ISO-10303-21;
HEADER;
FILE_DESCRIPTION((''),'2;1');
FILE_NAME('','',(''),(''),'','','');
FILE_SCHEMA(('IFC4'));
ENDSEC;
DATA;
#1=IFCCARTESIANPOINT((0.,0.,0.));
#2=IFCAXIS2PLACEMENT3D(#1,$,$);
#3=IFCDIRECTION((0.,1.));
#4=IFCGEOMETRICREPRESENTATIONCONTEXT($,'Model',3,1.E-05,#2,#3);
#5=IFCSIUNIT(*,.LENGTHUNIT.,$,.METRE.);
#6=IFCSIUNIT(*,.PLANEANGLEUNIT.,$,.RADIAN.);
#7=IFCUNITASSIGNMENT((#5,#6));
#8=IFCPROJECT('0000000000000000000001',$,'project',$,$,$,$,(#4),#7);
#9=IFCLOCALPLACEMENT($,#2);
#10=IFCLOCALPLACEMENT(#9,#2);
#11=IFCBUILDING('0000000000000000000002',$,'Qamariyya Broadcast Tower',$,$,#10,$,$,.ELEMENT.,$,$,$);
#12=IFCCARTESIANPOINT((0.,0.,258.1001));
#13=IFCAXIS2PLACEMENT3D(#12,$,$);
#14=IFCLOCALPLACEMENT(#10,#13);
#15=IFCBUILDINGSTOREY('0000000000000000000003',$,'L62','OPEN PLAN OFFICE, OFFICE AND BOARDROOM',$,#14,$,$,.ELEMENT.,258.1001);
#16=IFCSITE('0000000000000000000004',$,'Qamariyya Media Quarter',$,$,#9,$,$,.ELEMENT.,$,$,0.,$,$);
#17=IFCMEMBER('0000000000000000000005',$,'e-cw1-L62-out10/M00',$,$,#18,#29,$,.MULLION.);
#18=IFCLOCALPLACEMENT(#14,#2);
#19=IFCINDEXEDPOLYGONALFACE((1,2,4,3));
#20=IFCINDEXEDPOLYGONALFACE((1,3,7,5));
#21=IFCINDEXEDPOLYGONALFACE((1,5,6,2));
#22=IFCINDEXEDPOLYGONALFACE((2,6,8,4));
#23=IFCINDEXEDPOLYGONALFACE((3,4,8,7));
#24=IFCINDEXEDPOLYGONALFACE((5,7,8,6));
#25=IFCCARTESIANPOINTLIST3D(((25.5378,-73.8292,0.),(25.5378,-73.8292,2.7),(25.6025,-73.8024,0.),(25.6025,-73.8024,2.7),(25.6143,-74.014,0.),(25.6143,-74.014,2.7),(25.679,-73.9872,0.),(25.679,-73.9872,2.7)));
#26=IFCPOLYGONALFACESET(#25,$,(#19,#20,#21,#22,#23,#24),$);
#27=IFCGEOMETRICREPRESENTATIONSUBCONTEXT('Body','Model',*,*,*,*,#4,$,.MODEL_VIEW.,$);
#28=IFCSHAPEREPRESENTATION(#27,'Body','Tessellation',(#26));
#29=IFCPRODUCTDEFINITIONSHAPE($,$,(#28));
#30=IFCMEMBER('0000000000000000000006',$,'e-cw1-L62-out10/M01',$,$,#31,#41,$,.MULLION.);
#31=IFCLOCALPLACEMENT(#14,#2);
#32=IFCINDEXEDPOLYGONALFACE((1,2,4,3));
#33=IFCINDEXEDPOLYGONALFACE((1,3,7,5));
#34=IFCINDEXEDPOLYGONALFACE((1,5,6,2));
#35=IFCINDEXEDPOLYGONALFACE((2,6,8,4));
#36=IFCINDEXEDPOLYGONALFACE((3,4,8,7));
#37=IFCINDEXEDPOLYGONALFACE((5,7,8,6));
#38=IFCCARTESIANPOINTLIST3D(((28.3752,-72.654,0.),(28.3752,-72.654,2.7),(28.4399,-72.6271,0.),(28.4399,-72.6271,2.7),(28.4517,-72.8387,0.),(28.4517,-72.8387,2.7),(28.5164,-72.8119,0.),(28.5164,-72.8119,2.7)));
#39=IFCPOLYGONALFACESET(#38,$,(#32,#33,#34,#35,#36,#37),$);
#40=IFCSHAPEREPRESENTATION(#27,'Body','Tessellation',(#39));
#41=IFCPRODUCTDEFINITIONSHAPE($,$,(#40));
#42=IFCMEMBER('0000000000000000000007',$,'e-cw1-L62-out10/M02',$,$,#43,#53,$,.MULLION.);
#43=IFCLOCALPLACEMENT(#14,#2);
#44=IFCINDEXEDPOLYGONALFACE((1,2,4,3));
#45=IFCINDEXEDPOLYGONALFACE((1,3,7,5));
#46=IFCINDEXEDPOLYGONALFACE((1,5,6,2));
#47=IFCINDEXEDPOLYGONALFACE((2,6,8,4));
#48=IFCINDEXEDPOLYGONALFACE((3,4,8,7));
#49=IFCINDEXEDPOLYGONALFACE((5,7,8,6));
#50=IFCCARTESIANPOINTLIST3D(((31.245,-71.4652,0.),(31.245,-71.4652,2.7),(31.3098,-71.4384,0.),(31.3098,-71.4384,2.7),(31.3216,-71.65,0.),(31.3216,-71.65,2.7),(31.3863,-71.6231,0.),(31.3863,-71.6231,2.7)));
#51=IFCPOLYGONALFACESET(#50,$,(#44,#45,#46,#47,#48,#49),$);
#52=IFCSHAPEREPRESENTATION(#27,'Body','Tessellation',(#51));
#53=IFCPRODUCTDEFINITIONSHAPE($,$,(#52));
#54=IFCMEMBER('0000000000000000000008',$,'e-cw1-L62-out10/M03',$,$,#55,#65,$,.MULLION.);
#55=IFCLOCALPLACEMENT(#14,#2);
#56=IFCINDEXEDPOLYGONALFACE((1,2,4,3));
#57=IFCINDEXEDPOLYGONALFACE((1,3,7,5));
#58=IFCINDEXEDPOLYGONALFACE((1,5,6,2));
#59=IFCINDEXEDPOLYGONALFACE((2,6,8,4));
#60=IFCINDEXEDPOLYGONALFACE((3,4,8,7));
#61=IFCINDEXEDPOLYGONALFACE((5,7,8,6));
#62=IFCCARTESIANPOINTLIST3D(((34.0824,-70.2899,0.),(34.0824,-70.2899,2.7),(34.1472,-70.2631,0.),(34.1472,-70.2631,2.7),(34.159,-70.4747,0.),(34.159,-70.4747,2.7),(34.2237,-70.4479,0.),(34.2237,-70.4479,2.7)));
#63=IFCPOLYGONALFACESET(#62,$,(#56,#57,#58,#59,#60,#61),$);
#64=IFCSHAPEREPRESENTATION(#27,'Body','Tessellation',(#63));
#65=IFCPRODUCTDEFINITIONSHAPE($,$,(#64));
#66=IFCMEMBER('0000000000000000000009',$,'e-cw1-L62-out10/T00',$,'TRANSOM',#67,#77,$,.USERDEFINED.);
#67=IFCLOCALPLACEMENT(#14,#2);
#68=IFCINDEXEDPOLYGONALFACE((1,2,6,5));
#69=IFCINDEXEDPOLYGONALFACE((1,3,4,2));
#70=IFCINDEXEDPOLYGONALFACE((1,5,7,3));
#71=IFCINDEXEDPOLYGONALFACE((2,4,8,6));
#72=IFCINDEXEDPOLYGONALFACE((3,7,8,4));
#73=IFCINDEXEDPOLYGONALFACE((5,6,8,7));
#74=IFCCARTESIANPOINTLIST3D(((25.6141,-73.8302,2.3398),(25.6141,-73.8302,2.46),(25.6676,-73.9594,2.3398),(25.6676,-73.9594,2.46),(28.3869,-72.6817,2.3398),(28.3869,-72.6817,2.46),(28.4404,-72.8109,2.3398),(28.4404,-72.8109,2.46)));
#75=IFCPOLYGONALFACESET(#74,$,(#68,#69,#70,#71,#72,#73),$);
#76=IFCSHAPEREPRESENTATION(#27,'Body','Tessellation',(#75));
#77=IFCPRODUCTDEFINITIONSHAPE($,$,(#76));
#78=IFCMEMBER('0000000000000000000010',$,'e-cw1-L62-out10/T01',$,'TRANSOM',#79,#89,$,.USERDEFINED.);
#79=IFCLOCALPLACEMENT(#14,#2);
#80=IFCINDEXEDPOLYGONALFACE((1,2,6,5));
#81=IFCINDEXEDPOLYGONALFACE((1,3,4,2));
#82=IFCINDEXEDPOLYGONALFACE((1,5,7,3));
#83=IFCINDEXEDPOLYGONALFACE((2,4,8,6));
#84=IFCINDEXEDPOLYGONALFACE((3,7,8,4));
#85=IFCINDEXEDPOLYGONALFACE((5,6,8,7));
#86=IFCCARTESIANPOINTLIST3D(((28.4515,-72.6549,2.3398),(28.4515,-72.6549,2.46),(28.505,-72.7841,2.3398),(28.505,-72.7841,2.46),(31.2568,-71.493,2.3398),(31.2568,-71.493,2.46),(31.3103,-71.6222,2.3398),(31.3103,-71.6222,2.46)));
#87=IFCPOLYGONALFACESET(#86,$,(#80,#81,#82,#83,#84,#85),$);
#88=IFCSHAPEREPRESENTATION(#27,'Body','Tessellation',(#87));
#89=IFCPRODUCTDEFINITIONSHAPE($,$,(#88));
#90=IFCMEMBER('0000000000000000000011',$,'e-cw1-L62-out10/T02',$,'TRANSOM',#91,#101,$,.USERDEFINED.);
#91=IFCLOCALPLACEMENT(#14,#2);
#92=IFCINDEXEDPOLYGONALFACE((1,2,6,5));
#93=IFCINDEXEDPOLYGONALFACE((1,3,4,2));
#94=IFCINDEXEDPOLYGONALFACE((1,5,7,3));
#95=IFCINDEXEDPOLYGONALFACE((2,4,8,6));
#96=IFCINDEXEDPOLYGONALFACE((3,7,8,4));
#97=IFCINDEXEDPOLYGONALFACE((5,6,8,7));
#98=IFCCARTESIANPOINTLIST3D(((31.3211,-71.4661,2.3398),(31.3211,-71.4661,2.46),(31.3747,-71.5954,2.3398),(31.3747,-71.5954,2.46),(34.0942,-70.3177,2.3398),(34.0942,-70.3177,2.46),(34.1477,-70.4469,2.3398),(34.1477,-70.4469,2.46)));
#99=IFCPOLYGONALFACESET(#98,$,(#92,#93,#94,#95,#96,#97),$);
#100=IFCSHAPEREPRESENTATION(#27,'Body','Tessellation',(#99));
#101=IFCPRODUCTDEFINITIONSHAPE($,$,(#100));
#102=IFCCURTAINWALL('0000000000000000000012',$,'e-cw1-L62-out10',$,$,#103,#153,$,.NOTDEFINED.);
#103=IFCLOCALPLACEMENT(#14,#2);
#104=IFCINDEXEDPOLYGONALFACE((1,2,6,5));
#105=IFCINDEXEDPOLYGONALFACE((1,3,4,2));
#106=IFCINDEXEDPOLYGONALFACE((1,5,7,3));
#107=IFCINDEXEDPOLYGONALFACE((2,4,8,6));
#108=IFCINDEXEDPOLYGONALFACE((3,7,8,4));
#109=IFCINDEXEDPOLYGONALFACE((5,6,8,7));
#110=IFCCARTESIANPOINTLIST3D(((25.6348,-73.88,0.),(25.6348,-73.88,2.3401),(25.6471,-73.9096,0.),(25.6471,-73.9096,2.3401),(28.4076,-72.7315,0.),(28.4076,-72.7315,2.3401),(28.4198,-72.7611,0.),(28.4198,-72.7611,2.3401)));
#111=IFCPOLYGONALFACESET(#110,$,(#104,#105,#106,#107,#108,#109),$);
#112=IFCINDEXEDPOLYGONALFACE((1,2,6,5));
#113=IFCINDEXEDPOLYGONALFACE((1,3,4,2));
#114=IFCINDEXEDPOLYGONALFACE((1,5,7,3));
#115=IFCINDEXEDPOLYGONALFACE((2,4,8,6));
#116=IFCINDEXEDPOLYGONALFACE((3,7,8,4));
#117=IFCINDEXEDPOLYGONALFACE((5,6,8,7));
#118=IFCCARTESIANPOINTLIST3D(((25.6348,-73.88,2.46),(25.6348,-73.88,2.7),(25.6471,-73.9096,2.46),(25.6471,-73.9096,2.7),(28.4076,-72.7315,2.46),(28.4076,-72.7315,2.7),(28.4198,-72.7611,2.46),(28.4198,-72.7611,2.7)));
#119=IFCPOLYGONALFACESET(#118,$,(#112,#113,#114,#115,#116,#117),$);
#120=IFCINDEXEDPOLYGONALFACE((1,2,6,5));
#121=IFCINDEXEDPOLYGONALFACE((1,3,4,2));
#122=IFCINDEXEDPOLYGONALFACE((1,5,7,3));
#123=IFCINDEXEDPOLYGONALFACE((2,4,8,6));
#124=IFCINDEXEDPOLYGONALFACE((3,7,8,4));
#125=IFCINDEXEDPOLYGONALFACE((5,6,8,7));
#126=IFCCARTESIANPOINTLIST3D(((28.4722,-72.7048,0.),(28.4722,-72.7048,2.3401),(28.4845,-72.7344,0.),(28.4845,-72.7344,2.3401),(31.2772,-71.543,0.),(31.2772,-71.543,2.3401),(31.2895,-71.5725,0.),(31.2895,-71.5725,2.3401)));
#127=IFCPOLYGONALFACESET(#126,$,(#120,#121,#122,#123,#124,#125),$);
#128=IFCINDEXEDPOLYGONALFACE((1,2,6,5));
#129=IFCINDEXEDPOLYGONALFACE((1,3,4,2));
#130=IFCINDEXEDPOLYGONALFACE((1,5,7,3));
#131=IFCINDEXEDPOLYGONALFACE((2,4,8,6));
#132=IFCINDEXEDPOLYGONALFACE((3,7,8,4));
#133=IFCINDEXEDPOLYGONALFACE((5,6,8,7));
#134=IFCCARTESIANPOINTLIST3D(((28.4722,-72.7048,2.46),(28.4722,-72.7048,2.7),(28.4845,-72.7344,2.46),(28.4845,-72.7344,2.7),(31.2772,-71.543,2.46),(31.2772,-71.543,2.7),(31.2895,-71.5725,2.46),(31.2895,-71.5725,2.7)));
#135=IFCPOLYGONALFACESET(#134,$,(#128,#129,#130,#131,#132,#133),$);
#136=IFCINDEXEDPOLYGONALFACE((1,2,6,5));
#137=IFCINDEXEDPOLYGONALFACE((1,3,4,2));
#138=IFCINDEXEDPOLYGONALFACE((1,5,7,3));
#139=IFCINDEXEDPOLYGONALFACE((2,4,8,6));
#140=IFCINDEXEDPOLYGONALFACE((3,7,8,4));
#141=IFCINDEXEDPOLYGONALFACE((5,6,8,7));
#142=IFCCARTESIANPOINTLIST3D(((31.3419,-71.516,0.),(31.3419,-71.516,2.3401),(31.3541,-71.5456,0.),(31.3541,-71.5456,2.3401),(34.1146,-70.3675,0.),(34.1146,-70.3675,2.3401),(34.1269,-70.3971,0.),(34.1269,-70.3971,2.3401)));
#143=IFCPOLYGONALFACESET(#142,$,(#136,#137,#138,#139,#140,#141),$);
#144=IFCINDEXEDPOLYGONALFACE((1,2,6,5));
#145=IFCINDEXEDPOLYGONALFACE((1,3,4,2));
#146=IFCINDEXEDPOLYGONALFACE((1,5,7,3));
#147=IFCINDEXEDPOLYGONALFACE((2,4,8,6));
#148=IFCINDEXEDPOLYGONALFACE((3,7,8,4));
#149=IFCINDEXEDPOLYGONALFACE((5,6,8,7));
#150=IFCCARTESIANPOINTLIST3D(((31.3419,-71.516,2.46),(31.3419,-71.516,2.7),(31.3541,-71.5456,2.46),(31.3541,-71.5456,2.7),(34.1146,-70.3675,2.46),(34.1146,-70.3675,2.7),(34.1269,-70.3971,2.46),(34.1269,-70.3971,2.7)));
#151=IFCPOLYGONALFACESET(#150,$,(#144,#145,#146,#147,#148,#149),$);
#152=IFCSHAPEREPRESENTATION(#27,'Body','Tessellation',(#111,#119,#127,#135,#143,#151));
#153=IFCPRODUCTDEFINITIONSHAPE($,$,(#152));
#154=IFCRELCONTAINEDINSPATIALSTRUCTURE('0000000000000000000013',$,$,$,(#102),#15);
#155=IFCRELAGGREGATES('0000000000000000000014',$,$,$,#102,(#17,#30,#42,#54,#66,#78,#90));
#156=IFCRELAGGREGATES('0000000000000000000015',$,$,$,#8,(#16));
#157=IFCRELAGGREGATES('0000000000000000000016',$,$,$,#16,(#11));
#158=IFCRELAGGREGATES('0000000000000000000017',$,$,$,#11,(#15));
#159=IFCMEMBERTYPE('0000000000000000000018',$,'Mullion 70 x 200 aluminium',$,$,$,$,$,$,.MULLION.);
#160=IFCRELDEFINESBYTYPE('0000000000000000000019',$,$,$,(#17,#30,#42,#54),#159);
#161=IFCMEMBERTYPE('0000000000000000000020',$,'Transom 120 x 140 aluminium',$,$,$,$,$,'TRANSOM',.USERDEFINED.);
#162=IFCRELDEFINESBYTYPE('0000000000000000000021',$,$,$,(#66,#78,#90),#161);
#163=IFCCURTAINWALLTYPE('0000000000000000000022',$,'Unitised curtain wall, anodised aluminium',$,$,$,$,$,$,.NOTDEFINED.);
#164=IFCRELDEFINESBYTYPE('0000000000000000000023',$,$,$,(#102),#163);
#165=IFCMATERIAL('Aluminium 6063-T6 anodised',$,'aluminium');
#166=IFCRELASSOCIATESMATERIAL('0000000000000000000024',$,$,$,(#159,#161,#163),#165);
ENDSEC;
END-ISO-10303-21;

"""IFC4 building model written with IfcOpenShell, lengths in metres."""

from ifc_helpers import new_model, si_unit, direction, frame, origin, origin_2d, place, context, subcontext, project, spatial, rectangle, extrude, material, material_profile, profile_set, type_object, element, aggregate, save


model = new_model("IFC4")

# Units and contexts
model_context = context("Model", 3, precision=1e-05, world=origin(), true_north=direction((0.0, 1.0)))
body_context = subcontext(model_context, "Body", "Model", "MODEL_VIEW")
ifc_project = project(units=[si_unit("LENGTHUNIT", "METRE"), si_unit("PLANEANGLEUNIT", "RADIAN")], contexts=[model_context])

# Members
ifc_material = material(Name="Aluminium 6063-T6 anodised", Category="aluminium")
ifc_material_profile_1 = material_profile(ifc_material, rectangle(XDim=0.2, YDim=0.0701, at=origin_2d()))
ifc_profile_set_1 = profile_set([ifc_material_profile_1], Name="Aluminium 6063-T6 anodised")
member_type_1 = type_object("IfcMemberType", Name="Mullion 70 x 200 aluminium", PredefinedType="MULLION", material=ifc_profile_set_1)
site_placement = place(None, origin())
building_placement = place(site_placement, origin())
storey_placement = place(building_placement, frame((0.0, 0.0, 258.1001)))
member_1_placement = place(storey_placement, frame((25.6084, -73.9082, 0.0), z_axis=(0.0, 0.0, 1.0), x_axis=(-0.382683, 0.92388, 0.0)))
member_1 = element("IfcMember", 1, at=member_1_placement, type_object=member_type_1, Name="e-cw1-L62-out10/M00", PredefinedType="MULLION", context=body_context, shape_type="SweptSolid", body=[
    extrude(rectangle(XDim=0.2, YDim=0.0701, at=origin_2d()), origin(), (0.0, 0.0, 1.0), 2.7),
])
member_2_placement = place(storey_placement, frame((28.4458, -72.7329, 0.0), z_axis=(0.0, 0.0, 1.0), x_axis=(-0.382683, 0.92388, 0.0)))
member_2 = element("IfcMember", 2, at=member_2_placement, type_object=member_type_1, Name="e-cw1-L62-out10/M01", PredefinedType="MULLION", context=body_context, shape_type="SweptSolid", body=[
    extrude(rectangle(XDim=0.2, YDim=0.0701, at=origin_2d()), origin(), (0.0, 0.0, 1.0), 2.7),
])
member_3_placement = place(storey_placement, frame((31.3157, -71.5442, 0.0), z_axis=(0.0, 0.0, 1.0), x_axis=(-0.382683, 0.92388, 0.0)))
member_3 = element("IfcMember", 3, at=member_3_placement, type_object=member_type_1, Name="e-cw1-L62-out10/M02", PredefinedType="MULLION", context=body_context, shape_type="SweptSolid", body=[
    extrude(rectangle(XDim=0.2, YDim=0.0701, at=origin_2d()), origin(), (0.0, 0.0, 1.0), 2.7),
])
member_4_placement = place(storey_placement, frame((34.1531, -70.3689, 0.0), z_axis=(0.0, 0.0, 1.0), x_axis=(-0.382683, 0.92388, 0.0)))
member_4 = element("IfcMember", 4, at=member_4_placement, type_object=member_type_1, Name="e-cw1-L62-out10/M03", PredefinedType="MULLION", context=body_context, shape_type="SweptSolid", body=[
    extrude(rectangle(XDim=0.2, YDim=0.0701, at=origin_2d()), origin(), (0.0, 0.0, 1.0), 2.7),
])
ifc_material_profile_2 = material_profile(ifc_material, rectangle(XDim=0.1399, YDim=0.1201, at=origin_2d()))
ifc_profile_set_2 = profile_set([ifc_material_profile_2], Name="Aluminium 6063-T6 anodised")
member_type_2 = type_object("IfcMemberType", Name="Transom 120 x 140 aluminium", ElementType="TRANSOM", PredefinedType="USERDEFINED", material=ifc_profile_set_2)
member_5_placement = place(storey_placement, frame((25.6409, -73.8948, 2.3999), z_axis=(0.923886, 0.382668, 0.0), x_axis=(-0.382668, 0.923886, 0.0)))
member_5 = element("IfcMember", 5, at=member_5_placement, type_object=member_type_2, Name="e-cw1-L62-out10/T00", ObjectType="TRANSOM", PredefinedType="USERDEFINED", context=body_context, shape_type="SweptSolid", body=[
    extrude(rectangle(XDim=0.1399, YDim=0.1201, at=origin_2d()), origin(), (0.0, 0.0, 1.0), 3.0012),
])
member_6_placement = place(storey_placement, frame((28.4783, -72.7195, 2.3999), z_axis=(0.923888, 0.382662, 0.0), x_axis=(-0.382662, 0.923888, 0.0)))
member_6 = element("IfcMember", 6, at=member_6_placement, type_object=member_type_2, Name="e-cw1-L62-out10/T01", ObjectType="TRANSOM", PredefinedType="USERDEFINED", context=body_context, shape_type="SweptSolid", body=[
    extrude(rectangle(XDim=0.1399, YDim=0.1201, at=origin_2d()), origin(), (0.0, 0.0, 1.0), 3.0364),
])
member_7_placement = place(storey_placement, frame((31.3479, -71.5308, 2.3999), z_axis=(0.923898, 0.382639, 0.0), x_axis=(-0.382639, 0.923898, 0.0)))
member_7 = element("IfcMember", 7, at=member_7_placement, type_object=member_type_2, Name="e-cw1-L62-out10/T02", ObjectType="TRANSOM", PredefinedType="USERDEFINED", context=body_context, shape_type="SweptSolid", body=[
    extrude(rectangle(XDim=0.1399, YDim=0.1201, at=origin_2d()), origin(), (0.0, 0.0, 1.0), 3.0015),
])

# Site, building, storey
site = spatial("IfcSite", under=ifc_project, at=site_placement, Name="Qamariyya Media Quarter", CompositionType="ELEMENT", RefElevation=0.0)
building = spatial("IfcBuilding", under=site, at=building_placement, Name="Qamariyya Broadcast Tower", CompositionType="ELEMENT")
storey = spatial("IfcBuildingStorey", under=building, at=storey_placement, Name="L62", Description="OPEN PLAN OFFICE, OFFICE AND BOARDROOM", CompositionType="ELEMENT", Elevation=258.1001)

# Curtain wall
curtain_wall_type = type_object("IfcCurtainWallType", Name="Unitised curtain wall, anodised aluminium", PredefinedType="NOTDEFINED", material=ifc_material)
curtain_wall_1_placement = place(storey_placement, origin())
curtain_wall_1 = element("IfcCurtainWall", 8, at=curtain_wall_1_placement, inside=storey, type_object=curtain_wall_type, Name="e-cw1-L62-out10", PredefinedType="NOTDEFINED", context=body_context, shape_type="SweptSolid", body=[
    extrude(rectangle(XDim=3.0012, YDim=0.032, at=origin_2d()), frame((27.0273, -73.3206, 0.0), x_axis=(0.923878, 0.382687, 0.0)), (0.0, 0.0, 1.0), 2.3401),
    extrude(rectangle(XDim=3.0012, YDim=0.032, at=origin_2d()), frame((27.0273, -73.3206, 2.46), x_axis=(0.923878, 0.382687, 0.0)), (0.0, 0.0, 1.0), 0.24),
    extrude(rectangle(XDim=3.0361, YDim=0.032, at=origin_2d()), frame((29.8809, -72.1387, 0.0), x_axis=(0.923878, 0.382687, 0.0)), (0.0, 0.0, 1.0), 2.3401),
    extrude(rectangle(XDim=3.0361, YDim=0.032, at=origin_2d()), frame((29.8809, -72.1387, 2.46), x_axis=(0.923878, 0.382687, 0.0)), (0.0, 0.0, 1.0), 0.24),
    extrude(rectangle(XDim=3.0012, YDim=0.032, at=origin_2d()), frame((32.7344, -70.9565, 0.0), x_axis=(0.923878, 0.382687, 0.0)), (0.0, 0.0, 1.0), 2.3401),
    extrude(rectangle(XDim=3.0012, YDim=0.032, at=origin_2d()), frame((32.7344, -70.9565, 2.46), x_axis=(0.923878, 0.382687, 0.0)), (0.0, 0.0, 1.0), 0.24),
])
aggregate(curtain_wall_1, [member_1, member_2, member_3, member_4, member_5, member_6, member_7])

save(model, "model.ifc")
